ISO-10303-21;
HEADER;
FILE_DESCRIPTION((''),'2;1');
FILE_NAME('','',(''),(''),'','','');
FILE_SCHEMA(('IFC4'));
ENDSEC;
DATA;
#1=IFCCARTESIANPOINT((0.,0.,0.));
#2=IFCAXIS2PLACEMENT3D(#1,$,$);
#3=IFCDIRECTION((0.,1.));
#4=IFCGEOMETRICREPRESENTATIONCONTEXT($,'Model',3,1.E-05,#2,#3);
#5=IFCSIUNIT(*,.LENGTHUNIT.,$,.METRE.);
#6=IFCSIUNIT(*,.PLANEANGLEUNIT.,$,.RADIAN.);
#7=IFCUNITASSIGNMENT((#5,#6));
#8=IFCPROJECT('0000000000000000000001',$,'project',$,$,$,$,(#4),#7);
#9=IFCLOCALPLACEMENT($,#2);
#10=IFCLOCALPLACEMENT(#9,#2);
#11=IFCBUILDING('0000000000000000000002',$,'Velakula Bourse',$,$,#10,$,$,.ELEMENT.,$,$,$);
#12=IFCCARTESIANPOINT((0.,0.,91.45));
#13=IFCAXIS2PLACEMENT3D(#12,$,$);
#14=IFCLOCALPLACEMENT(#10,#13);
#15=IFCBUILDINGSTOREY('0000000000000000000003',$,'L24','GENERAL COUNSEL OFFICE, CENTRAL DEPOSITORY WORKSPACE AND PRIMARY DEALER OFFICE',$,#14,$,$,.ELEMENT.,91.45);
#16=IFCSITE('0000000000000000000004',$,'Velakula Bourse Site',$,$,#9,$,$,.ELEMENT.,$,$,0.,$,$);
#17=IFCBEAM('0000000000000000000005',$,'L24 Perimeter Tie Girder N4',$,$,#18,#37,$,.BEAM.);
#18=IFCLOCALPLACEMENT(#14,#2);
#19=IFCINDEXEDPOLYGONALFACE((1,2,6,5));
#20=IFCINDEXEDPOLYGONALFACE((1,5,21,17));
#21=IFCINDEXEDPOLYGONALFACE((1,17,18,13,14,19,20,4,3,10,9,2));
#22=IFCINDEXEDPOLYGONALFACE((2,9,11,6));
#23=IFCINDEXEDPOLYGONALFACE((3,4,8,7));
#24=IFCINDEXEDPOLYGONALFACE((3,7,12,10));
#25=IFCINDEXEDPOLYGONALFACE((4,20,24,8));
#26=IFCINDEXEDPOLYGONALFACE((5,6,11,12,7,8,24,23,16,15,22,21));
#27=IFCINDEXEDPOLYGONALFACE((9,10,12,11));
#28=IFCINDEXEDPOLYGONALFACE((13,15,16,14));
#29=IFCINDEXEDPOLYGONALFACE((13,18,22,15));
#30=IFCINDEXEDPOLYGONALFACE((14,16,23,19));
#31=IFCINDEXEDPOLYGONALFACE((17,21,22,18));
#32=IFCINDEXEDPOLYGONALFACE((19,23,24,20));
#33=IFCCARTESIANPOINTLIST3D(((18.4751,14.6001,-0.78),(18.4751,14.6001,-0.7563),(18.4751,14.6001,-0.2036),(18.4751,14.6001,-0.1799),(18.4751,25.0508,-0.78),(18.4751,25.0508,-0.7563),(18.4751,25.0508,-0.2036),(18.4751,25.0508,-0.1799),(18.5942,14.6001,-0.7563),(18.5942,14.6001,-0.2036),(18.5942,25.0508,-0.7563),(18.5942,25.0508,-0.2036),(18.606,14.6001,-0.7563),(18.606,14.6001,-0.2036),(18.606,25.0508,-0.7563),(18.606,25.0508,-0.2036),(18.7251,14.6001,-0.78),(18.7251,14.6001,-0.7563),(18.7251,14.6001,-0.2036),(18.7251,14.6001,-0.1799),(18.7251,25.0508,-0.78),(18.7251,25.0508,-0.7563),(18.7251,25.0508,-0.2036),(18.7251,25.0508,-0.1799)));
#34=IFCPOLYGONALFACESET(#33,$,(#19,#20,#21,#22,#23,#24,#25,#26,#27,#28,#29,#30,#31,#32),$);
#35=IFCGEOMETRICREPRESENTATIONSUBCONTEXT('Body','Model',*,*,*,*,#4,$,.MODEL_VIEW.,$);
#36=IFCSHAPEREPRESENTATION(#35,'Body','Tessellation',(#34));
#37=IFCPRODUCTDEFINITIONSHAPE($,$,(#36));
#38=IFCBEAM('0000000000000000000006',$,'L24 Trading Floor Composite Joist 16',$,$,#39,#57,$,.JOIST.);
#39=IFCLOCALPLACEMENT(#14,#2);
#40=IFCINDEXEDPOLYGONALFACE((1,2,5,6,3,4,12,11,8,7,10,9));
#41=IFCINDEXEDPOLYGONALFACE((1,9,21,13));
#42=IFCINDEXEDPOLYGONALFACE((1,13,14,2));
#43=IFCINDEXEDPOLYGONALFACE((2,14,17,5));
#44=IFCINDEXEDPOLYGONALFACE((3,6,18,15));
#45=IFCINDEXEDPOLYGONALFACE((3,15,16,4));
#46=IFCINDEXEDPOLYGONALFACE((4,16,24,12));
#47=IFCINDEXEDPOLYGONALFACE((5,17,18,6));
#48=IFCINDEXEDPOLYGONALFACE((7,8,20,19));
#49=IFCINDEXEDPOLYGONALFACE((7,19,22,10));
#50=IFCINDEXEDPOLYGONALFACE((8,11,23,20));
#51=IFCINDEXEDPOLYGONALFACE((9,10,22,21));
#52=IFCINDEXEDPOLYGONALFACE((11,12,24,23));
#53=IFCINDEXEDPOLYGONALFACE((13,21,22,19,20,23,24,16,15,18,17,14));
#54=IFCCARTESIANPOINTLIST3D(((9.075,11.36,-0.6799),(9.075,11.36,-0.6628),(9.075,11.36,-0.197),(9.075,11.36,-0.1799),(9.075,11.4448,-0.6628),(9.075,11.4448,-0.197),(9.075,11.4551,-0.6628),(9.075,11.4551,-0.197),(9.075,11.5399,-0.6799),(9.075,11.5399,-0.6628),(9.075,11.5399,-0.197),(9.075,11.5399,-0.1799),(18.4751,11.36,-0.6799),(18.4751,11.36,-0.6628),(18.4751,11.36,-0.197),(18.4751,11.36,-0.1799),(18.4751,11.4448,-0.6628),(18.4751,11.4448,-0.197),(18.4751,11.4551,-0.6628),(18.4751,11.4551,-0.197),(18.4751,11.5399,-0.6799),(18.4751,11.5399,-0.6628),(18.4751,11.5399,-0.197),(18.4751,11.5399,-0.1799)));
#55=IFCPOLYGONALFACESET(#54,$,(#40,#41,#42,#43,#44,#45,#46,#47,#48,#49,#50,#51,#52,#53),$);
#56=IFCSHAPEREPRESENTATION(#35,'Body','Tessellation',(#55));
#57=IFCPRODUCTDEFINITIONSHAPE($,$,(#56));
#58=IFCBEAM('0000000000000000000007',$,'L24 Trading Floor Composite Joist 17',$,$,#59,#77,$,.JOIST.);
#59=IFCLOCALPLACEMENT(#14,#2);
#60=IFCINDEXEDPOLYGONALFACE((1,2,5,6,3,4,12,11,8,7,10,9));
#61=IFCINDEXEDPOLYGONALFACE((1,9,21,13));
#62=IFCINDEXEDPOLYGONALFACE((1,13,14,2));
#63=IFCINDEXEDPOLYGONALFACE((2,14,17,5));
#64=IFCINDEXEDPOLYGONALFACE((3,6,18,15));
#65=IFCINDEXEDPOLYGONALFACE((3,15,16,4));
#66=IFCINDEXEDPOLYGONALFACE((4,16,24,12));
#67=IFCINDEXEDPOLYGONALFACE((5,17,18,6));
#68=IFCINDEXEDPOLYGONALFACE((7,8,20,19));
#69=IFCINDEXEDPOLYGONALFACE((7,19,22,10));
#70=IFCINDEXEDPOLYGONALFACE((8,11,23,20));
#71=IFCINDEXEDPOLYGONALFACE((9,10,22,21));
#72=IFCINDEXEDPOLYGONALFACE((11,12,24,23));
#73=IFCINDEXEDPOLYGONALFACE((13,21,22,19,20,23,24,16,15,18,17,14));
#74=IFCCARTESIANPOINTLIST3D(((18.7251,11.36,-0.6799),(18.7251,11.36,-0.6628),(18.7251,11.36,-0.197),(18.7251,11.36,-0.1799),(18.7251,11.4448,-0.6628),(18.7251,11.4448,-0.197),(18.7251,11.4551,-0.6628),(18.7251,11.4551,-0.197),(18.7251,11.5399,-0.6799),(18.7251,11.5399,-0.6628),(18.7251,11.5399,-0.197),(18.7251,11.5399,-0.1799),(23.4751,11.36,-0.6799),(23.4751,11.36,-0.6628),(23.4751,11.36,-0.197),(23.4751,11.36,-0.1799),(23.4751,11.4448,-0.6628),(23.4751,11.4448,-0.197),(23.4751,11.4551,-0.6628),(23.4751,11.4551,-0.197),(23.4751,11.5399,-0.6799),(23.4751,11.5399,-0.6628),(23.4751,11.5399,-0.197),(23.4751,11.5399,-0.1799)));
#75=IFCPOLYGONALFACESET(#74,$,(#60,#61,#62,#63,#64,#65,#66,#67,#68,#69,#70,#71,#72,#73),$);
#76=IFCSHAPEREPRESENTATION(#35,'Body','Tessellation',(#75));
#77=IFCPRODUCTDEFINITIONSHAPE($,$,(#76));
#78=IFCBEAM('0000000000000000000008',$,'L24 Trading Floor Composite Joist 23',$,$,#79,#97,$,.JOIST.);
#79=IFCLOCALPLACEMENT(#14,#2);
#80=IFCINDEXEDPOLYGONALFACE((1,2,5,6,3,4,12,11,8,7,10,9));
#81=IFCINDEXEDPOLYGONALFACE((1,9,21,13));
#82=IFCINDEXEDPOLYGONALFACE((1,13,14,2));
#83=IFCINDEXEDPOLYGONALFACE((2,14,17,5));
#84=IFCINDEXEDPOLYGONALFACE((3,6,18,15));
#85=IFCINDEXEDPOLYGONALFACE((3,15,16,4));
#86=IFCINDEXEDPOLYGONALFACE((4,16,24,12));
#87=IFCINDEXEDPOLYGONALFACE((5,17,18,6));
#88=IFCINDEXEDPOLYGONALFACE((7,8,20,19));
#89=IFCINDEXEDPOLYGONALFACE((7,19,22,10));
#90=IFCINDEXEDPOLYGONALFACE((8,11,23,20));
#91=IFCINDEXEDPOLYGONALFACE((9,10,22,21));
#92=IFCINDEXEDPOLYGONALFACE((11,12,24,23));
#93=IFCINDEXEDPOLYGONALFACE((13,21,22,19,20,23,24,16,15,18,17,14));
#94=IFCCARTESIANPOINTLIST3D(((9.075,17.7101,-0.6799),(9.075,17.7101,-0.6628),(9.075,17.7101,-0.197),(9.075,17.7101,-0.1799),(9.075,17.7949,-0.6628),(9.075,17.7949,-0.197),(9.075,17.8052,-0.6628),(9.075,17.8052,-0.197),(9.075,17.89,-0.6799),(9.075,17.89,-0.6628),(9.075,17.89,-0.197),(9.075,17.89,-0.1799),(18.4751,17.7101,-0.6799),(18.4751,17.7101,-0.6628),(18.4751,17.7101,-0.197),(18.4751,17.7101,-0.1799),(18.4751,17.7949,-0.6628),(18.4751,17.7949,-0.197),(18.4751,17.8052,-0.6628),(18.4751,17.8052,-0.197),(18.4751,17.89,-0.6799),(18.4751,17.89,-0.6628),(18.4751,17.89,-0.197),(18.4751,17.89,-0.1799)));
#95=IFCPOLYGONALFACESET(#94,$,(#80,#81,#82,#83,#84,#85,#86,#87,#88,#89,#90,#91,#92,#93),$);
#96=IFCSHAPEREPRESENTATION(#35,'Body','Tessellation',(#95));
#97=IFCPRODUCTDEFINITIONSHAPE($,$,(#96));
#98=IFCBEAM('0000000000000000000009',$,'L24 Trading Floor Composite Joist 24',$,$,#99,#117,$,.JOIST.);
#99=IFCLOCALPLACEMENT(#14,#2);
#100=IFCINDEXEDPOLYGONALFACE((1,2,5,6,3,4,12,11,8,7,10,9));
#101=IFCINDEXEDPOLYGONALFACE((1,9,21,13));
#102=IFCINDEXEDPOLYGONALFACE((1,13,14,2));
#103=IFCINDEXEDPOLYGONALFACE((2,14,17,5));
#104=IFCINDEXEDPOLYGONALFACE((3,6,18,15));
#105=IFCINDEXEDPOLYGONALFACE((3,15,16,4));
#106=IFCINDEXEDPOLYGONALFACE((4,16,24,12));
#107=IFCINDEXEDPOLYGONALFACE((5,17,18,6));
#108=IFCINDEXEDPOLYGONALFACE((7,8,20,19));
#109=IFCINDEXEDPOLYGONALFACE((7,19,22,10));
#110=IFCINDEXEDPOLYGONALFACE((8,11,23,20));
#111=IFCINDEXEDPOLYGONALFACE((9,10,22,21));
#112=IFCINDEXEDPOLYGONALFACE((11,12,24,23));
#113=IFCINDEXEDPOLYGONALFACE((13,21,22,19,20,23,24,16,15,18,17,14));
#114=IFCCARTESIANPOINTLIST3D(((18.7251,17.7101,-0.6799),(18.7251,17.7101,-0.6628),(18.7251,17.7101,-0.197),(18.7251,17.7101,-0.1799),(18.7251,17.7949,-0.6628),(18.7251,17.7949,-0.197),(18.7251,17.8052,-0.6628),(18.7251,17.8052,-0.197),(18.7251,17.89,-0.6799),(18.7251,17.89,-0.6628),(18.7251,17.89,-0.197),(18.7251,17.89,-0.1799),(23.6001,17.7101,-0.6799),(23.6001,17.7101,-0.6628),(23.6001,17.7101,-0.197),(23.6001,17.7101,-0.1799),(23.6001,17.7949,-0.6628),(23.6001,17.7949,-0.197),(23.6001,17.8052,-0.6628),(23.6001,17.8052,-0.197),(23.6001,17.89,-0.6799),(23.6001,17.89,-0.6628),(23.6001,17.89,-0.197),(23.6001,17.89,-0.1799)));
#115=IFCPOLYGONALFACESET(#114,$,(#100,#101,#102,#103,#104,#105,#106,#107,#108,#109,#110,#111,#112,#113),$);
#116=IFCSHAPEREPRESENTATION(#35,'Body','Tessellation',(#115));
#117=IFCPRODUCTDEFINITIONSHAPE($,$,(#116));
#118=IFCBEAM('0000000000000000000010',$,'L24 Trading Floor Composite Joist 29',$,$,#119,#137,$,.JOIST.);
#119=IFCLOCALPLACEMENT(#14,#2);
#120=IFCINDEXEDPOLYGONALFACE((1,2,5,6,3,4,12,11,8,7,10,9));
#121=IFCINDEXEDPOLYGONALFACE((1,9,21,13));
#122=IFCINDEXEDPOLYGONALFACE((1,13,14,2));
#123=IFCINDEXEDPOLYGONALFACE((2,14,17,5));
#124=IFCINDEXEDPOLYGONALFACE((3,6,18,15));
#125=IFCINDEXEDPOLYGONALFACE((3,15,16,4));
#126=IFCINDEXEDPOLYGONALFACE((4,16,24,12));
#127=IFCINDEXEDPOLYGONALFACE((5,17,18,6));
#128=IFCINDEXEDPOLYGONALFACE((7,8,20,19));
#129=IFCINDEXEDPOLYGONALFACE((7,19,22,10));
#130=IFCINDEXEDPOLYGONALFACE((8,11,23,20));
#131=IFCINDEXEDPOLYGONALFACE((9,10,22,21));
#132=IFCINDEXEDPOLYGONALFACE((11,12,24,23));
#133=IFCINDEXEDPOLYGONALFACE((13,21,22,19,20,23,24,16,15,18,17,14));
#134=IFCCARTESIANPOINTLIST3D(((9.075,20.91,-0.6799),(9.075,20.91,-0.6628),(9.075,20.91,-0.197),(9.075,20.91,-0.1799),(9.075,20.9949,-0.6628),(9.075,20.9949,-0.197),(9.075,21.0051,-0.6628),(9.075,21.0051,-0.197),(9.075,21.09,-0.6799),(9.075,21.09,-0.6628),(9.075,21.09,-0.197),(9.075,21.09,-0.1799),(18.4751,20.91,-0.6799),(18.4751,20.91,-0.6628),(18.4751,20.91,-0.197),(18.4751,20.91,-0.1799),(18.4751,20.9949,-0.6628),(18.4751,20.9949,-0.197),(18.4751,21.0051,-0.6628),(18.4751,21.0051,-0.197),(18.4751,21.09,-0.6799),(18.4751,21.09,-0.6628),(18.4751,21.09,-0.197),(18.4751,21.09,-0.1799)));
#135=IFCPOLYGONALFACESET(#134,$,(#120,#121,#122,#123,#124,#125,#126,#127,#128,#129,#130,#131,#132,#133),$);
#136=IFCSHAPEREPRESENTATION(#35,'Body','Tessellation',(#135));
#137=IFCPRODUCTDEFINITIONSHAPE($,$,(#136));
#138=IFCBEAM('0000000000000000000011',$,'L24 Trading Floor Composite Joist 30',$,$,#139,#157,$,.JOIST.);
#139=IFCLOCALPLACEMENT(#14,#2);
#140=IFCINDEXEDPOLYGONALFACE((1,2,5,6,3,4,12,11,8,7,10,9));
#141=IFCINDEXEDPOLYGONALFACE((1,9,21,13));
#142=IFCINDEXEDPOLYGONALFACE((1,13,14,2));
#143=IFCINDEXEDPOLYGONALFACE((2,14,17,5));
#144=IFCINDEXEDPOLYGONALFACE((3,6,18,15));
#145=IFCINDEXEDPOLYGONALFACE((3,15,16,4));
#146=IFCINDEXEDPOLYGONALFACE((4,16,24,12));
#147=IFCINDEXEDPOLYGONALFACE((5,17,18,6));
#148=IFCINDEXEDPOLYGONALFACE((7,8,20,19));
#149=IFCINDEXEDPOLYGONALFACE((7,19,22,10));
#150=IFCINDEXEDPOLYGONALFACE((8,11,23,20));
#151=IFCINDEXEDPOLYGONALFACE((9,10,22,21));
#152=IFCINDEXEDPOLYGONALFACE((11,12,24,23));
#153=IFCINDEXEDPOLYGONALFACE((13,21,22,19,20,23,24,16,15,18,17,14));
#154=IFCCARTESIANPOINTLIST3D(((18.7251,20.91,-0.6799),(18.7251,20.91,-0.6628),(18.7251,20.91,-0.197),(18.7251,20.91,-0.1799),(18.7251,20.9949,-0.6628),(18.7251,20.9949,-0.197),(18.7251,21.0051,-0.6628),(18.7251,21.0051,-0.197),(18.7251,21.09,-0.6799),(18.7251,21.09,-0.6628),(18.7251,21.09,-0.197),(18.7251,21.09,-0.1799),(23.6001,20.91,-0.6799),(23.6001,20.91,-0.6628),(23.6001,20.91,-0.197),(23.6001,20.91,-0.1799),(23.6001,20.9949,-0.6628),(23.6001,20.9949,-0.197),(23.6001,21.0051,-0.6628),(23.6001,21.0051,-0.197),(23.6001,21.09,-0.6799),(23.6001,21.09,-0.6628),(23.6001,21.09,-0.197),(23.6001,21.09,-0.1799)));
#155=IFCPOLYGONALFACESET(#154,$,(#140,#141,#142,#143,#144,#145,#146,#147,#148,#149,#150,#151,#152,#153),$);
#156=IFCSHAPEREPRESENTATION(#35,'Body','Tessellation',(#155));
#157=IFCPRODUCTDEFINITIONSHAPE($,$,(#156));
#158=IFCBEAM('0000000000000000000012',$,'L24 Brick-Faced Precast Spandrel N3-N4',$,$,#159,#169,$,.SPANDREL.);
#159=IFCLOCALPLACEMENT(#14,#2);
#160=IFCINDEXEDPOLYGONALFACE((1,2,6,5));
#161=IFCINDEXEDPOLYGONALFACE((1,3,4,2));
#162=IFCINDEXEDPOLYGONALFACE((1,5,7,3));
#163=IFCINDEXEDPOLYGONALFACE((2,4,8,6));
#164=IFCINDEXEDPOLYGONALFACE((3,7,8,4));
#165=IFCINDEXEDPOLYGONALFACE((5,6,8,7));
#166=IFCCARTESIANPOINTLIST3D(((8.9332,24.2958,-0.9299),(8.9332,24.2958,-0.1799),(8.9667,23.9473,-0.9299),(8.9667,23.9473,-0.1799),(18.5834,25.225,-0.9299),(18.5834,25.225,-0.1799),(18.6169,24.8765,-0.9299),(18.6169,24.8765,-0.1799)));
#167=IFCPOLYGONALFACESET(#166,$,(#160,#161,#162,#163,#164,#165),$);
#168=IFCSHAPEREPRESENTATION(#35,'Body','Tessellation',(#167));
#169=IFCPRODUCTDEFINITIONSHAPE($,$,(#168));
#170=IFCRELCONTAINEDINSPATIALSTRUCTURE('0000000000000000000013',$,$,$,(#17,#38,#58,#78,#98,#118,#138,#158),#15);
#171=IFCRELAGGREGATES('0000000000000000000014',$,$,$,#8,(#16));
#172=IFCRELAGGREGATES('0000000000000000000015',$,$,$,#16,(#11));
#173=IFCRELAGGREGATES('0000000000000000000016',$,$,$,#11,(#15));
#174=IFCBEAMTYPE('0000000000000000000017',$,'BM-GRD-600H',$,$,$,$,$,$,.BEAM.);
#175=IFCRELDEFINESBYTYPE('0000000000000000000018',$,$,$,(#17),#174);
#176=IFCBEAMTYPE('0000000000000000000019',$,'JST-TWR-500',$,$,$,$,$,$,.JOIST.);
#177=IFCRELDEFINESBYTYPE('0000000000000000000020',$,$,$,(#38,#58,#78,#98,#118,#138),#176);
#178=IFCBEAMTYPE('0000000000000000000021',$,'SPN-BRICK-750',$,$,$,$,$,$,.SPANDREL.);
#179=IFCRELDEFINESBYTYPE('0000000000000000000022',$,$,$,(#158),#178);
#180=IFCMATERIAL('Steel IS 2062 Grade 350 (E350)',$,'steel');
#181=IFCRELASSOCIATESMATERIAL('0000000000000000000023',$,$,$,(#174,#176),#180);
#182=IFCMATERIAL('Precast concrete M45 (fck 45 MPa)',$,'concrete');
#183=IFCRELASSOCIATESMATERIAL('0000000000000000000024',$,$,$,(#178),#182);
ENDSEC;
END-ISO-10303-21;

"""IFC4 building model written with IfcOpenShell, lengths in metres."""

from ifc_helpers import new_model, si_unit, direction, frame, origin, origin_2d, place, context, subcontext, project, spatial, rectangle, i_section, extrude, material, material_profile, profile_set, type_object, element, save


model = new_model("IFC4")

# Units and contexts
model_context = context("Model", 3, precision=1e-05, world=origin(), true_north=direction((0.0, 1.0)))
body_context = subcontext(model_context, "Body", "Model", "MODEL_VIEW")
ifc_project = project(units=[si_unit("LENGTHUNIT", "METRE"), si_unit("PLANEANGLEUNIT", "RADIAN")], contexts=[model_context])

# Site, building, storey
site_placement = place(None, origin())
site = spatial("IfcSite", under=ifc_project, at=site_placement, Name="Velakula Bourse Site", CompositionType="ELEMENT", RefElevation=0.0)
building_placement = place(site_placement, origin())
building = spatial("IfcBuilding", under=site, at=building_placement, Name="Velakula Bourse", CompositionType="ELEMENT")
storey_placement = place(building_placement, frame((0.0, 0.0, 91.45)))
storey = spatial("IfcBuildingStorey", under=building, at=storey_placement, Name="L24", Description="GENERAL COUNSEL OFFICE, CENTRAL DEPOSITORY WORKSPACE AND PRIMARY DEALER OFFICE", CompositionType="ELEMENT", Elevation=91.45)

# Beams
ifc_material_1 = material(Name="Steel IS 2062 Grade 350 (E350)", Category="steel")
ifc_material_profile_1 = material_profile(ifc_material_1, i_section(OverallWidth=0.25, OverallDepth=0.6001, WebThickness=0.0117, FlangeThickness=0.0237, at=origin_2d()), Name="Steel IS 2062 Grade 350 (E350)")
ifc_profile_set_1 = profile_set([ifc_material_profile_1], Name="Steel IS 2062 Grade 350 (E350)")
beam_type_1 = type_object("IfcBeamType", Name="BM-GRD-600H", PredefinedType="BEAM", material=ifc_profile_set_1)
beam_1_placement = place(storey_placement, frame((18.6001, 14.6001, -0.48), z_axis=(0.0, 1.0, 0.0), x_axis=(-1.0, 0.0, 0.0)))
element("IfcBeam", 1, at=beam_1_placement, inside=storey, type_object=beam_type_1, Name="L24 Perimeter Tie Girder N4", PredefinedType="BEAM", context=body_context, shape_type="SweptSolid", body=[
    extrude(i_section(OverallWidth=0.25, OverallDepth=0.6001, WebThickness=0.0117, FlangeThickness=0.0237, at=origin_2d()), origin(), (0.0, 0.0, 1.0), 10.4507),
])
ifc_material_profile_2 = material_profile(ifc_material_1, i_section(OverallWidth=0.1799, OverallDepth=0.5, WebThickness=0.0103, FlangeThickness=0.0171, at=origin_2d()), Name="Steel IS 2062 Grade 350 (E350)")
ifc_profile_set_2 = profile_set([ifc_material_profile_2], Name="Steel IS 2062 Grade 350 (E350)")
beam_type_2 = type_object("IfcBeamType", Name="JST-TWR-500", PredefinedType="JOIST", material=ifc_profile_set_2)
beam_2_placement = place(storey_placement, frame((9.075, 11.45, -0.4299), z_axis=(1.0, 0.0, 0.0), x_axis=(0.0, 1.0, 0.0)))
element("IfcBeam", 2, at=beam_2_placement, inside=storey, type_object=beam_type_2, Name="L24 Trading Floor Composite Joist 16", PredefinedType="JOIST", context=body_context, shape_type="SweptSolid", body=[
    extrude(i_section(OverallWidth=0.1799, OverallDepth=0.5, WebThickness=0.0103, FlangeThickness=0.0171, at=origin_2d()), origin(), (0.0, 0.0, 1.0), 9.4001),
])
beam_3_placement = place(storey_placement, frame((18.7251, 11.45, -0.4299), z_axis=(1.0, 0.0, 0.0), x_axis=(0.0, 1.0, 0.0)))
element("IfcBeam", 3, at=beam_3_placement, inside=storey, type_object=beam_type_2, Name="L24 Trading Floor Composite Joist 17", PredefinedType="JOIST", context=body_context, shape_type="SweptSolid", body=[
    extrude(i_section(OverallWidth=0.1799, OverallDepth=0.5, WebThickness=0.0103, FlangeThickness=0.0171, at=origin_2d()), origin(), (0.0, 0.0, 1.0), 4.75),
])
beam_4_placement = place(storey_placement, frame((9.075, 17.8, -0.4299), z_axis=(1.0, 0.0, 0.0), x_axis=(0.0, 1.0, 0.0)))
element("IfcBeam", 4, at=beam_4_placement, inside=storey, type_object=beam_type_2, Name="L24 Trading Floor Composite Joist 23", PredefinedType="JOIST", context=body_context, shape_type="SweptSolid", body=[
    extrude(i_section(OverallWidth=0.1799, OverallDepth=0.5, WebThickness=0.0103, FlangeThickness=0.0171, at=origin_2d()), origin(), (0.0, 0.0, 1.0), 9.4001),
])
beam_5_placement = place(storey_placement, frame((18.7251, 17.8, -0.4299), z_axis=(1.0, 0.0, 0.0), x_axis=(0.0, 1.0, 0.0)))
element("IfcBeam", 5, at=beam_5_placement, inside=storey, type_object=beam_type_2, Name="L24 Trading Floor Composite Joist 24", PredefinedType="JOIST", context=body_context, shape_type="SweptSolid", body=[
    extrude(i_section(OverallWidth=0.1799, OverallDepth=0.5, WebThickness=0.0103, FlangeThickness=0.0171, at=origin_2d()), origin(), (0.0, 0.0, 1.0), 4.875),
])
beam_6_placement = place(storey_placement, frame((9.075, 21.0, -0.4299), z_axis=(1.0, 0.0, 0.0), x_axis=(0.0, 1.0, 0.0)))
element("IfcBeam", 6, at=beam_6_placement, inside=storey, type_object=beam_type_2, Name="L24 Trading Floor Composite Joist 29", PredefinedType="JOIST", context=body_context, shape_type="SweptSolid", body=[
    extrude(i_section(OverallWidth=0.1799, OverallDepth=0.5, WebThickness=0.0103, FlangeThickness=0.0171, at=origin_2d()), origin(), (0.0, 0.0, 1.0), 9.4001),
])
beam_7_placement = place(storey_placement, frame((18.7251, 21.0, -0.4299), z_axis=(1.0, 0.0, 0.0), x_axis=(0.0, 1.0, 0.0)))
element("IfcBeam", 7, at=beam_7_placement, inside=storey, type_object=beam_type_2, Name="L24 Trading Floor Composite Joist 30", PredefinedType="JOIST", context=body_context, shape_type="SweptSolid", body=[
    extrude(i_section(OverallWidth=0.1799, OverallDepth=0.5, WebThickness=0.0103, FlangeThickness=0.0171, at=origin_2d()), origin(), (0.0, 0.0, 1.0), 4.875),
])
ifc_material_2 = material(Name="Precast concrete M45 (fck 45 MPa)", Category="concrete")
ifc_material_profile_3 = material_profile(ifc_material_2, rectangle(XDim=0.3501, YDim=0.75, at=origin_2d()), Name="Precast concrete M45 (fck 45 MPa)")
ifc_profile_set_3 = profile_set([ifc_material_profile_3], Name="Precast concrete M45 (fck 45 MPa)")
beam_type_3 = type_object("IfcBeamType", Name="SPN-BRICK-750", PredefinedType="SPANDREL", material=ifc_profile_set_3)
beam_8_placement = place(storey_placement, frame((8.95, 24.1216, -0.5549), z_axis=(0.995396, 0.095845, 0.0), x_axis=(-0.095845, 0.995396, 0.0)))
element("IfcBeam", 8, at=beam_8_placement, inside=storey, type_object=beam_type_3, Name="L24 Brick-Faced Precast Spandrel N3-N4", PredefinedType="SPANDREL", context=body_context, shape_type="SweptSolid", body=[
    extrude(rectangle(XDim=0.3501, YDim=0.75, at=origin_2d()), origin(), (0.0, 0.0, 1.0), 9.6948),
])

save(model, "model.ifc")
